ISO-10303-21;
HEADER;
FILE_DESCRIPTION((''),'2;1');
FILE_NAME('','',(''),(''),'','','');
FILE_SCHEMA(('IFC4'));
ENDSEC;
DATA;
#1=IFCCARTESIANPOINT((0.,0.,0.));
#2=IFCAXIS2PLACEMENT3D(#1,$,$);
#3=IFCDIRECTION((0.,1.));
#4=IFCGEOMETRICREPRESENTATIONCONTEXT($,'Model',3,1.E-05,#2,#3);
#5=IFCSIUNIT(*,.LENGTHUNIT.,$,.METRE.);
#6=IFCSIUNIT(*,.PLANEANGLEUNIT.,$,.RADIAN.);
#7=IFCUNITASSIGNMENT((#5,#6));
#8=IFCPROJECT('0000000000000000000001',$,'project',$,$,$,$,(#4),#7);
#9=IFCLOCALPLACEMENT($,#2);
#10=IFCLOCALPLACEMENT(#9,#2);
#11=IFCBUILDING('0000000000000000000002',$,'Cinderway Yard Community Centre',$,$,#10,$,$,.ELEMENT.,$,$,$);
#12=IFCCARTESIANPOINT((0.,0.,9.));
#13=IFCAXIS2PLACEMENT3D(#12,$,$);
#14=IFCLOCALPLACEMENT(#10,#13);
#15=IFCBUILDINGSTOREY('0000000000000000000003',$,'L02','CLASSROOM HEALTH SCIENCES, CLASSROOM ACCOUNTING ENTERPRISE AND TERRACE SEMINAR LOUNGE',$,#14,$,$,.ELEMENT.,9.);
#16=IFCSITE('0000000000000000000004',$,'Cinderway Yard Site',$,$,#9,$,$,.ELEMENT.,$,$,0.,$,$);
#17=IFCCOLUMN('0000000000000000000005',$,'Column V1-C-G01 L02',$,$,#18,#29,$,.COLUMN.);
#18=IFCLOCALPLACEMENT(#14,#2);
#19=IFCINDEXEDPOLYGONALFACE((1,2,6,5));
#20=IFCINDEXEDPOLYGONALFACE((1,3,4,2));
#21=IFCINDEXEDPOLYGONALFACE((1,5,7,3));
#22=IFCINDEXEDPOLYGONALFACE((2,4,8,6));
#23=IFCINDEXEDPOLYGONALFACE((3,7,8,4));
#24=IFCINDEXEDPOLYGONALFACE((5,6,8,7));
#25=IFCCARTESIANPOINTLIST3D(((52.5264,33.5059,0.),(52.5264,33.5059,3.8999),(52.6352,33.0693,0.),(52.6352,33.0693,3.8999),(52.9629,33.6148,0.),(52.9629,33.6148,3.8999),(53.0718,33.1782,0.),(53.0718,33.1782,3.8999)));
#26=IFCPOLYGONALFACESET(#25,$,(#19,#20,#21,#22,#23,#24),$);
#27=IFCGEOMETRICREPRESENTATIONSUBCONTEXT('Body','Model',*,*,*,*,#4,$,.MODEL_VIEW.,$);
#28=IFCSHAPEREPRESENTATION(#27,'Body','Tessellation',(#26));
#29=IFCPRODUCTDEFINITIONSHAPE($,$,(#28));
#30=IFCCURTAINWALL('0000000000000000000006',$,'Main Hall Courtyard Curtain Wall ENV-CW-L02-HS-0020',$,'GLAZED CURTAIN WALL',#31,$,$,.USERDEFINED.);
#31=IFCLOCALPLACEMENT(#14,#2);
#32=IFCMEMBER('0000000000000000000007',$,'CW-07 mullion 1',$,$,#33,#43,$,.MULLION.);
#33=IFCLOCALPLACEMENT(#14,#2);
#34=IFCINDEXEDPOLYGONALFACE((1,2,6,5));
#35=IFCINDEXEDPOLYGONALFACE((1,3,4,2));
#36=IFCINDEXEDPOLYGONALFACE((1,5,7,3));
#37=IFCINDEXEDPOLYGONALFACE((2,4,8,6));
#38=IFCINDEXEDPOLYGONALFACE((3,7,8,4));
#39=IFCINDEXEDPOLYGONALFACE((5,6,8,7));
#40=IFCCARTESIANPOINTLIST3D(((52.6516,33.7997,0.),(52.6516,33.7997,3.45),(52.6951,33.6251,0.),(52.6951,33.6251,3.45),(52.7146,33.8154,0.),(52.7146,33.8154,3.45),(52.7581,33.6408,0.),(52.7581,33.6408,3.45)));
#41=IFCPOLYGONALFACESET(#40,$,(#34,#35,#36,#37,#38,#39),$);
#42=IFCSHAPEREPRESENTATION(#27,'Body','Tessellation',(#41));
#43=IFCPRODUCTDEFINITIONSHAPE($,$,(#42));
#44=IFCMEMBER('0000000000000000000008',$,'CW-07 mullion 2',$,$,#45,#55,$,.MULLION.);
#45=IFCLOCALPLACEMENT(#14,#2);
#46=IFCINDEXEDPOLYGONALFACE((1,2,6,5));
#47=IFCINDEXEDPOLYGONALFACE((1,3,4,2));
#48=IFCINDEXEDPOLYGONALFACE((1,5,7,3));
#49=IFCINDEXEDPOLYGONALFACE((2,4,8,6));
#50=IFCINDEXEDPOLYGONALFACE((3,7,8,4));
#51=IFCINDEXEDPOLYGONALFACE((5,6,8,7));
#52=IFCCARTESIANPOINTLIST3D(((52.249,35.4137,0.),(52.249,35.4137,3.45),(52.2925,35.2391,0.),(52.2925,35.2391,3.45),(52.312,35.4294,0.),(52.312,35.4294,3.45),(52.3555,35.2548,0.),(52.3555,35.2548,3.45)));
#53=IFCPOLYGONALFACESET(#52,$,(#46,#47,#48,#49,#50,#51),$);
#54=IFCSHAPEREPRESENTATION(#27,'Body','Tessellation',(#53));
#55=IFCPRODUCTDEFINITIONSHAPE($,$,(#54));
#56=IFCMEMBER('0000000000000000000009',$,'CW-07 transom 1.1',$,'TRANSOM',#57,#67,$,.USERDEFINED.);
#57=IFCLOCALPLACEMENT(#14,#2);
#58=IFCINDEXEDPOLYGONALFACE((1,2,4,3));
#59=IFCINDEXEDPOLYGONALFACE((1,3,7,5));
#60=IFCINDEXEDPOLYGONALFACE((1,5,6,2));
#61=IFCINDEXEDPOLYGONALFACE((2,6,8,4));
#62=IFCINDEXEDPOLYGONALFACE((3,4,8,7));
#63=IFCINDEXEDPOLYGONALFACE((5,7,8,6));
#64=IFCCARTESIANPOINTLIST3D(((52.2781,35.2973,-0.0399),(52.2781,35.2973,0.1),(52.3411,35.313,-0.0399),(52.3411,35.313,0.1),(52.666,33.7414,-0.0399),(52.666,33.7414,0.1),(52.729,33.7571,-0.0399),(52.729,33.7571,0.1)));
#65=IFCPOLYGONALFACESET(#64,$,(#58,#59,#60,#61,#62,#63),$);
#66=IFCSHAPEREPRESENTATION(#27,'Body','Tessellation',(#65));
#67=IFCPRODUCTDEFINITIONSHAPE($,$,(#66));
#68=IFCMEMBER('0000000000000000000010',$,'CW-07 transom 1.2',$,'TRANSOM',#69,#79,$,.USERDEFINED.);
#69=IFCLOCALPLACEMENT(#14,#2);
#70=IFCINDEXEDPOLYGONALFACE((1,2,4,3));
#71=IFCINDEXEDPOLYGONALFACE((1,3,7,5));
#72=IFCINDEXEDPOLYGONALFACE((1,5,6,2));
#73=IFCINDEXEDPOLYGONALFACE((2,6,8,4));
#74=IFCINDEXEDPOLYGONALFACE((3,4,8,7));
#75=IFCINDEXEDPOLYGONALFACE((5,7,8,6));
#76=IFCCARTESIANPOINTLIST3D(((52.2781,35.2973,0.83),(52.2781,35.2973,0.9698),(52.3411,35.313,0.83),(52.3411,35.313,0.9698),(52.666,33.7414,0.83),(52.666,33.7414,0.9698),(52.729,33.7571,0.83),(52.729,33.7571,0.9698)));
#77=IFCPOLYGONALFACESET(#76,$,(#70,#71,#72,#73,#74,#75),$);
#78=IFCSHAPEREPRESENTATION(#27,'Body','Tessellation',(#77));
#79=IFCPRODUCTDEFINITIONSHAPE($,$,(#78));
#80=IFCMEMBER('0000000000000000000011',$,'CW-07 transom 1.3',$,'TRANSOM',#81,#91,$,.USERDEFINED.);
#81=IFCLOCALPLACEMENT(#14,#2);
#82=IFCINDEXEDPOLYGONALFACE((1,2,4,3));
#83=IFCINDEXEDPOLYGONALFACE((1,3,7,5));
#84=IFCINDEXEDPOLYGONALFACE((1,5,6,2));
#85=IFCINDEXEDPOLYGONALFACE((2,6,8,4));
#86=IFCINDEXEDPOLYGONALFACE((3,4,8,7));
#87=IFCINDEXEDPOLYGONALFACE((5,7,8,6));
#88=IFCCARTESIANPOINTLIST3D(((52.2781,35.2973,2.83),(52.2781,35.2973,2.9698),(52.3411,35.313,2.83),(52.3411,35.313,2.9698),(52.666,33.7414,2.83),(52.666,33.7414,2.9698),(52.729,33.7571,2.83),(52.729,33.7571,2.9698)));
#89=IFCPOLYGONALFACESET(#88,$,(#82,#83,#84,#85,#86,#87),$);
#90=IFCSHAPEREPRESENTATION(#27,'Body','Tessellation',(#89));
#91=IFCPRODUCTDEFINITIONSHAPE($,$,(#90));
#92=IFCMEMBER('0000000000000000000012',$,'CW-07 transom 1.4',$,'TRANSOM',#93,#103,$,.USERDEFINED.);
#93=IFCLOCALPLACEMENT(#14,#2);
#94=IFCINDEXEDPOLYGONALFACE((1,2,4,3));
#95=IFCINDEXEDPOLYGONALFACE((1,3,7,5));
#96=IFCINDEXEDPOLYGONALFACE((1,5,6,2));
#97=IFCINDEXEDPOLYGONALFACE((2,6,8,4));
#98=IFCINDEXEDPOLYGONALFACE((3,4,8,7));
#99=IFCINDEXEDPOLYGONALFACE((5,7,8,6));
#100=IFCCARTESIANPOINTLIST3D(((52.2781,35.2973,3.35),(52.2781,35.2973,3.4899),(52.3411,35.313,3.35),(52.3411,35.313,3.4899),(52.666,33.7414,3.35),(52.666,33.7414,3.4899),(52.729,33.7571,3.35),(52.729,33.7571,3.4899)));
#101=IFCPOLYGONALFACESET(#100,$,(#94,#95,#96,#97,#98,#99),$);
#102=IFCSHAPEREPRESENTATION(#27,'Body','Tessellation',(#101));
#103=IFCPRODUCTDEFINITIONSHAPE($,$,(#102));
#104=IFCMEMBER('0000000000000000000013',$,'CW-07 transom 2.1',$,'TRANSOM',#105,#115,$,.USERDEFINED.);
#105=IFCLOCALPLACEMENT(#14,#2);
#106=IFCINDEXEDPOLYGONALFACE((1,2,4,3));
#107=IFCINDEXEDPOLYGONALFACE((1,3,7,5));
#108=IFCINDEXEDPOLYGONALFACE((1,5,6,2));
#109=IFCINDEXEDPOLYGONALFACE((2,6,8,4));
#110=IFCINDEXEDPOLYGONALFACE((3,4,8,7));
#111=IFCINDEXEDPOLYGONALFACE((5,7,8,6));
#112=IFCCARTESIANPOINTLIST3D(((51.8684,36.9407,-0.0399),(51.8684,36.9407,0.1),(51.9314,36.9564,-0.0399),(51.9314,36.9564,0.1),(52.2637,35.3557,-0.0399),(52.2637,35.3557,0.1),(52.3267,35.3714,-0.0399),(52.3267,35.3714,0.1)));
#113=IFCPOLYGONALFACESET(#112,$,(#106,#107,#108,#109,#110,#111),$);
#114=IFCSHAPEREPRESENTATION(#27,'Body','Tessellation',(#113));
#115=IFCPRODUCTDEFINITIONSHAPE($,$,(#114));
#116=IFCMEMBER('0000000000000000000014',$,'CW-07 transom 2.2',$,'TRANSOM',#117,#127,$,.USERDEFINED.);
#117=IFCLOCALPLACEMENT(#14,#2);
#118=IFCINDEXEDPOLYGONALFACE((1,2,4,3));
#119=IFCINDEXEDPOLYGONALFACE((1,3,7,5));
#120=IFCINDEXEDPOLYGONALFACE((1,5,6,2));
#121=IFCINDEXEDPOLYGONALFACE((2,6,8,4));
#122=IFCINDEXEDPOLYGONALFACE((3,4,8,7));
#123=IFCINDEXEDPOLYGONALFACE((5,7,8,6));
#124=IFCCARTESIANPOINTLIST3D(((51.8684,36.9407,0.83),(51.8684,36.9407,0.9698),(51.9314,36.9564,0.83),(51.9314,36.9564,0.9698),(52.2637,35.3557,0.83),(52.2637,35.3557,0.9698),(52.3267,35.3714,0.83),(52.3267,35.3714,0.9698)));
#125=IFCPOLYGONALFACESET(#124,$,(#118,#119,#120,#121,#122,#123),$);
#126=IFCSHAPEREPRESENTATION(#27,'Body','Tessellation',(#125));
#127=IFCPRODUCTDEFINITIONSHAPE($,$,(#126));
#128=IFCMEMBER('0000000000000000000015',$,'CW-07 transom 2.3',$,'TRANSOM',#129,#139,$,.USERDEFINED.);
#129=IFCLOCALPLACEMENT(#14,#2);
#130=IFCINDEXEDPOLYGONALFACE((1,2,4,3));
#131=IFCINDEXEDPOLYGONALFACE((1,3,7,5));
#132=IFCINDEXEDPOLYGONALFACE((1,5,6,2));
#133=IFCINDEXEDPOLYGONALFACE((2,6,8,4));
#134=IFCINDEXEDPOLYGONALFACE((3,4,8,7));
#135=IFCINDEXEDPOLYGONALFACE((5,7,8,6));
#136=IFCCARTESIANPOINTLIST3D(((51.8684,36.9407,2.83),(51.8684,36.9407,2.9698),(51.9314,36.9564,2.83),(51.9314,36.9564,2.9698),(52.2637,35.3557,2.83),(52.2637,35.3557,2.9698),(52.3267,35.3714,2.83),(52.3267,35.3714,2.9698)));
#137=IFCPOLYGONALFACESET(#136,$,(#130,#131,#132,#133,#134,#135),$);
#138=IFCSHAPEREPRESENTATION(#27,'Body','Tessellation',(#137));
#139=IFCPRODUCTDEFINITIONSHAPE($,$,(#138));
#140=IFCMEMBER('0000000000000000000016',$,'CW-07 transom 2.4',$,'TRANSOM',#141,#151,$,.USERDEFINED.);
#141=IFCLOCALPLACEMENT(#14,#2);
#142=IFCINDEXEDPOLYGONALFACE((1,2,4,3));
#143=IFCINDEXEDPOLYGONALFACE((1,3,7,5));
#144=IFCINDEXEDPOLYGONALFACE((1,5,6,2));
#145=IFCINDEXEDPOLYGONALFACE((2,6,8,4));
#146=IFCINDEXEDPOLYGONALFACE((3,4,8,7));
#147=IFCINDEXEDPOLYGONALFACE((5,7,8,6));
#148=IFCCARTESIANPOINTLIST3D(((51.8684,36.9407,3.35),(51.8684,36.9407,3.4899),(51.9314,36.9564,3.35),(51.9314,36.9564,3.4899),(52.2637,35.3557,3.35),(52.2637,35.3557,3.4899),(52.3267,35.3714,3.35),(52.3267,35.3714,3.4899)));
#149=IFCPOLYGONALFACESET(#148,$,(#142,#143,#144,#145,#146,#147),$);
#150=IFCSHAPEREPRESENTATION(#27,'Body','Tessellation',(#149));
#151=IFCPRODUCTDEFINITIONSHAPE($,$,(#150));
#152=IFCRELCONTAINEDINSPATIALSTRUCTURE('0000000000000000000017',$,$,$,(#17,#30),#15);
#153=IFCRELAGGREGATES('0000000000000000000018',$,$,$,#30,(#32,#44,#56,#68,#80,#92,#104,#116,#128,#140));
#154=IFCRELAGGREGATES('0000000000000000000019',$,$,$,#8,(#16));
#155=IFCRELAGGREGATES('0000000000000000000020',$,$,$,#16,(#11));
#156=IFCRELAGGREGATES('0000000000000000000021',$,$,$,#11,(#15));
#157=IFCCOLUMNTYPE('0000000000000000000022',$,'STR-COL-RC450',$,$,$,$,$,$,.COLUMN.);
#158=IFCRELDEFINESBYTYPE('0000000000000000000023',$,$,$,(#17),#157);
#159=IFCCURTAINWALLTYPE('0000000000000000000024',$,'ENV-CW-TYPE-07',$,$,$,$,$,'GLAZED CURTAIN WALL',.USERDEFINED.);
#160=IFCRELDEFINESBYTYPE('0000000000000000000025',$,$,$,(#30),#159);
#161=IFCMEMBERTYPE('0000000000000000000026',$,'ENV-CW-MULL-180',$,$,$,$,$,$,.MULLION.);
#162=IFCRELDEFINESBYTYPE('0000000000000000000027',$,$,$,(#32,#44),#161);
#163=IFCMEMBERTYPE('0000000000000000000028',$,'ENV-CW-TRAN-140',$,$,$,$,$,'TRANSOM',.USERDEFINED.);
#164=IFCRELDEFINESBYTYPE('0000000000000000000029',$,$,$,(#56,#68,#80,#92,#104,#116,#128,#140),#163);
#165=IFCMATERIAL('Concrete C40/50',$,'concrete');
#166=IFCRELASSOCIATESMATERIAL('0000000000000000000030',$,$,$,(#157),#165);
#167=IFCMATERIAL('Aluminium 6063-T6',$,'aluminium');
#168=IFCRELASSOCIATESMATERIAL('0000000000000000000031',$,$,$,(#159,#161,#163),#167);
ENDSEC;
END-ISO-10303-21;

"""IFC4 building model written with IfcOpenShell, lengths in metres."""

from ifc_helpers import new_model, si_unit, direction, frame, origin, origin_2d, place, context, subcontext, project, spatial, rectangle, extrude, material, material_profile, profile_set, type_object, element, aggregate, save


model = new_model("IFC4")

# Units and contexts
model_context = context("Model", 3, precision=1e-05, world=origin(), true_north=direction((0.0, 1.0)))
body_context = subcontext(model_context, "Body", "Model", "MODEL_VIEW")
ifc_project = project(units=[si_unit("LENGTHUNIT", "METRE"), si_unit("PLANEANGLEUNIT", "RADIAN")], contexts=[model_context])

# Site, building, storey
site_placement = place(None, origin())
site = spatial("IfcSite", under=ifc_project, at=site_placement, Name="Cinderway Yard Site", CompositionType="ELEMENT", RefElevation=0.0)
building_placement = place(site_placement, origin())
building = spatial("IfcBuilding", under=site, at=building_placement, Name="Cinderway Yard Community Centre", CompositionType="ELEMENT")
storey_placement = place(building_placement, frame((0.0, 0.0, 9.0)))
storey = spatial("IfcBuildingStorey", under=building, at=storey_placement, Name="L02", Description="CLASSROOM HEALTH SCIENCES, CLASSROOM ACCOUNTING ENTERPRISE AND TERRACE SEMINAR LOUNGE", CompositionType="ELEMENT", Elevation=9.0)

# Column
ifc_material_1 = material(Name="Concrete C40/50", Category="concrete")
ifc_material_profile_1 = material_profile(ifc_material_1, rectangle(XDim=0.45, YDim=0.45, at=origin_2d()), Name="Concrete C40/50")
ifc_profile_set_1 = profile_set([ifc_material_profile_1], Name="Concrete C40/50")
column_type = type_object("IfcColumnType", Name="STR-COL-RC450", PredefinedType="COLUMN", material=ifc_profile_set_1)
column_placement = place(storey_placement, frame((52.7991, 33.342, 0.0), z_axis=(0.0, 0.0, 1.0), x_axis=(0.970296, 0.241922, 0.0)))
element("IfcColumn", 1, at=column_placement, inside=storey, type_object=column_type, Name="Column V1-C-G01 L02", PredefinedType="COLUMN", context=body_context, shape_type="SweptSolid", body=[
    extrude(rectangle(XDim=0.45, YDim=0.45, at=origin_2d()), origin(), (0.0, 0.0, 1.0), 3.8999),
])

# Curtain wall, members
ifc_material_2 = material(Name="Aluminium 6063-T6", Category="aluminium")
curtain_wall_type = type_object("IfcCurtainWallType", Name="ENV-CW-TYPE-07", ElementType="GLAZED CURTAIN WALL", PredefinedType="USERDEFINED", material=ifc_material_2)
curtain_wall_placement = place(storey_placement, origin())
curtain_wall = element("IfcCurtainWall", 2, at=curtain_wall_placement, inside=storey, type_object=curtain_wall_type, Name="Main Hall Courtyard Curtain Wall ENV-CW-L02-HS-0020", ObjectType="GLAZED CURTAIN WALL", PredefinedType="USERDEFINED")
ifc_material_profile_2 = material_profile(ifc_material_2, rectangle(XDim=0.0649, YDim=0.1799, at=origin_2d()), Name="Aluminium 6063-T6")
ifc_profile_set_2 = profile_set([ifc_material_profile_2], Name="Aluminium 6063-T6")
member_type_1 = type_object("IfcMemberType", Name="ENV-CW-MULL-180", PredefinedType="MULLION", material=ifc_profile_set_2)
member_1_placement = place(storey_placement, frame((52.7048, 33.7202, 0.0), z_axis=(0.0, 0.0, 1.0), x_axis=(-0.970304, -0.241887, 0.0)))
member_1 = element("IfcMember", 3, at=member_1_placement, type_object=member_type_1, Name="CW-07 mullion 1", PredefinedType="MULLION", context=body_context, shape_type="SweptSolid", body=[
    extrude(rectangle(XDim=0.0649, YDim=0.1799, at=origin_2d()), origin(), (0.0, 0.0, 1.0), 3.45),
])
member_2_placement = place(storey_placement, frame((52.3022, 35.3342, 0.0), z_axis=(0.0, 0.0, 1.0), x_axis=(-0.970304, -0.241887, 0.0)))
member_2 = element("IfcMember", 4, at=member_2_placement, type_object=member_type_1, Name="CW-07 mullion 2", PredefinedType="MULLION", context=body_context, shape_type="SweptSolid", body=[
    extrude(rectangle(XDim=0.0649, YDim=0.1799, at=origin_2d()), origin(), (0.0, 0.0, 1.0), 3.45),
])
ifc_material_profile_3 = material_profile(ifc_material_2, rectangle(XDim=0.0649, YDim=0.1399, at=origin_2d()), Name="Aluminium 6063-T6")
ifc_profile_set_3 = profile_set([ifc_material_profile_3], Name="Aluminium 6063-T6")
member_type_2 = type_object("IfcMemberType", Name="ENV-CW-TRAN-140", ElementType="TRANSOM", PredefinedType="USERDEFINED", material=ifc_profile_set_3)
member_3_placement = place(storey_placement, frame((52.6975, 33.7493, 0.03), z_axis=(-0.241927, 0.970295, 0.0), x_axis=(-0.970295, -0.241927, 0.0)))
member_3 = element("IfcMember", 5, at=member_3_placement, type_object=member_type_2, Name="CW-07 transom 1.1", ObjectType="TRANSOM", PredefinedType="USERDEFINED", context=body_context, shape_type="SweptSolid", body=[
    extrude(rectangle(XDim=0.0649, YDim=0.1399, at=origin_2d()), origin(), (0.0, 0.0, 1.0), 1.6035),
])
member_4_placement = place(storey_placement, frame((52.6975, 33.7493, 0.8999), z_axis=(-0.241927, 0.970295, 0.0), x_axis=(-0.970295, -0.241927, 0.0)))
member_4 = element("IfcMember", 6, at=member_4_placement, type_object=member_type_2, Name="CW-07 transom 1.2", ObjectType="TRANSOM", PredefinedType="USERDEFINED", context=body_context, shape_type="SweptSolid", body=[
    extrude(rectangle(XDim=0.0649, YDim=0.1399, at=origin_2d()), origin(), (0.0, 0.0, 1.0), 1.6035),
])
member_5_placement = place(storey_placement, frame((52.6975, 33.7493, 2.8999), z_axis=(-0.241927, 0.970295, 0.0), x_axis=(-0.970295, -0.241927, 0.0)))
member_5 = element("IfcMember", 7, at=member_5_placement, type_object=member_type_2, Name="CW-07 transom 1.3", ObjectType="TRANSOM", PredefinedType="USERDEFINED", context=body_context, shape_type="SweptSolid", body=[
    extrude(rectangle(XDim=0.0649, YDim=0.1399, at=origin_2d()), origin(), (0.0, 0.0, 1.0), 1.6035),
])
member_6_placement = place(storey_placement, frame((52.6975, 33.7493, 3.4199), z_axis=(-0.241927, 0.970295, 0.0), x_axis=(-0.970295, -0.241927, 0.0)))
member_6 = element("IfcMember", 8, at=member_6_placement, type_object=member_type_2, Name="CW-07 transom 1.4", ObjectType="TRANSOM", PredefinedType="USERDEFINED", context=body_context, shape_type="SweptSolid", body=[
    extrude(rectangle(XDim=0.0649, YDim=0.1399, at=origin_2d()), origin(), (0.0, 0.0, 1.0), 1.6035),
])
member_7_placement = place(storey_placement, frame((52.2952, 35.3635, 0.03), z_axis=(-0.241973, 0.970283, 0.0), x_axis=(-0.970283, -0.241973, 0.0)))
member_7 = element("IfcMember", 9, at=member_7_placement, type_object=member_type_2, Name="CW-07 transom 2.1", ObjectType="TRANSOM", PredefinedType="USERDEFINED", context=body_context, shape_type="SweptSolid", body=[
    extrude(rectangle(XDim=0.0649, YDim=0.1399, at=origin_2d()), origin(), (0.0, 0.0, 1.0), 1.6335),
])
member_8_placement = place(storey_placement, frame((52.2952, 35.3635, 0.8999), z_axis=(-0.241973, 0.970283, 0.0), x_axis=(-0.970283, -0.241973, 0.0)))
member_8 = element("IfcMember", 10, at=member_8_placement, type_object=member_type_2, Name="CW-07 transom 2.2", ObjectType="TRANSOM", PredefinedType="USERDEFINED", context=body_context, shape_type="SweptSolid", body=[
    extrude(rectangle(XDim=0.0649, YDim=0.1399, at=origin_2d()), origin(), (0.0, 0.0, 1.0), 1.6335),
])
member_9_placement = place(storey_placement, frame((52.2952, 35.3635, 2.8999), z_axis=(-0.241973, 0.970283, 0.0), x_axis=(-0.970283, -0.241973, 0.0)))
member_9 = element("IfcMember", 11, at=member_9_placement, type_object=member_type_2, Name="CW-07 transom 2.3", ObjectType="TRANSOM", PredefinedType="USERDEFINED", context=body_context, shape_type="SweptSolid", body=[
    extrude(rectangle(XDim=0.0649, YDim=0.1399, at=origin_2d()), origin(), (0.0, 0.0, 1.0), 1.6335),
])
member_10_placement = place(storey_placement, frame((52.2952, 35.3635, 3.4199), z_axis=(-0.241973, 0.970283, 0.0), x_axis=(-0.970283, -0.241973, 0.0)))
member_10 = element("IfcMember", 12, at=member_10_placement, type_object=member_type_2, Name="CW-07 transom 2.4", ObjectType="TRANSOM", PredefinedType="USERDEFINED", context=body_context, shape_type="SweptSolid", body=[
    extrude(rectangle(XDim=0.0649, YDim=0.1399, at=origin_2d()), origin(), (0.0, 0.0, 1.0), 1.6335),
])

aggregate(curtain_wall, [member_1, member_2, member_3, member_4, member_5, member_6, member_7, member_8, member_9, member_10])

save(model, "model.ifc")
